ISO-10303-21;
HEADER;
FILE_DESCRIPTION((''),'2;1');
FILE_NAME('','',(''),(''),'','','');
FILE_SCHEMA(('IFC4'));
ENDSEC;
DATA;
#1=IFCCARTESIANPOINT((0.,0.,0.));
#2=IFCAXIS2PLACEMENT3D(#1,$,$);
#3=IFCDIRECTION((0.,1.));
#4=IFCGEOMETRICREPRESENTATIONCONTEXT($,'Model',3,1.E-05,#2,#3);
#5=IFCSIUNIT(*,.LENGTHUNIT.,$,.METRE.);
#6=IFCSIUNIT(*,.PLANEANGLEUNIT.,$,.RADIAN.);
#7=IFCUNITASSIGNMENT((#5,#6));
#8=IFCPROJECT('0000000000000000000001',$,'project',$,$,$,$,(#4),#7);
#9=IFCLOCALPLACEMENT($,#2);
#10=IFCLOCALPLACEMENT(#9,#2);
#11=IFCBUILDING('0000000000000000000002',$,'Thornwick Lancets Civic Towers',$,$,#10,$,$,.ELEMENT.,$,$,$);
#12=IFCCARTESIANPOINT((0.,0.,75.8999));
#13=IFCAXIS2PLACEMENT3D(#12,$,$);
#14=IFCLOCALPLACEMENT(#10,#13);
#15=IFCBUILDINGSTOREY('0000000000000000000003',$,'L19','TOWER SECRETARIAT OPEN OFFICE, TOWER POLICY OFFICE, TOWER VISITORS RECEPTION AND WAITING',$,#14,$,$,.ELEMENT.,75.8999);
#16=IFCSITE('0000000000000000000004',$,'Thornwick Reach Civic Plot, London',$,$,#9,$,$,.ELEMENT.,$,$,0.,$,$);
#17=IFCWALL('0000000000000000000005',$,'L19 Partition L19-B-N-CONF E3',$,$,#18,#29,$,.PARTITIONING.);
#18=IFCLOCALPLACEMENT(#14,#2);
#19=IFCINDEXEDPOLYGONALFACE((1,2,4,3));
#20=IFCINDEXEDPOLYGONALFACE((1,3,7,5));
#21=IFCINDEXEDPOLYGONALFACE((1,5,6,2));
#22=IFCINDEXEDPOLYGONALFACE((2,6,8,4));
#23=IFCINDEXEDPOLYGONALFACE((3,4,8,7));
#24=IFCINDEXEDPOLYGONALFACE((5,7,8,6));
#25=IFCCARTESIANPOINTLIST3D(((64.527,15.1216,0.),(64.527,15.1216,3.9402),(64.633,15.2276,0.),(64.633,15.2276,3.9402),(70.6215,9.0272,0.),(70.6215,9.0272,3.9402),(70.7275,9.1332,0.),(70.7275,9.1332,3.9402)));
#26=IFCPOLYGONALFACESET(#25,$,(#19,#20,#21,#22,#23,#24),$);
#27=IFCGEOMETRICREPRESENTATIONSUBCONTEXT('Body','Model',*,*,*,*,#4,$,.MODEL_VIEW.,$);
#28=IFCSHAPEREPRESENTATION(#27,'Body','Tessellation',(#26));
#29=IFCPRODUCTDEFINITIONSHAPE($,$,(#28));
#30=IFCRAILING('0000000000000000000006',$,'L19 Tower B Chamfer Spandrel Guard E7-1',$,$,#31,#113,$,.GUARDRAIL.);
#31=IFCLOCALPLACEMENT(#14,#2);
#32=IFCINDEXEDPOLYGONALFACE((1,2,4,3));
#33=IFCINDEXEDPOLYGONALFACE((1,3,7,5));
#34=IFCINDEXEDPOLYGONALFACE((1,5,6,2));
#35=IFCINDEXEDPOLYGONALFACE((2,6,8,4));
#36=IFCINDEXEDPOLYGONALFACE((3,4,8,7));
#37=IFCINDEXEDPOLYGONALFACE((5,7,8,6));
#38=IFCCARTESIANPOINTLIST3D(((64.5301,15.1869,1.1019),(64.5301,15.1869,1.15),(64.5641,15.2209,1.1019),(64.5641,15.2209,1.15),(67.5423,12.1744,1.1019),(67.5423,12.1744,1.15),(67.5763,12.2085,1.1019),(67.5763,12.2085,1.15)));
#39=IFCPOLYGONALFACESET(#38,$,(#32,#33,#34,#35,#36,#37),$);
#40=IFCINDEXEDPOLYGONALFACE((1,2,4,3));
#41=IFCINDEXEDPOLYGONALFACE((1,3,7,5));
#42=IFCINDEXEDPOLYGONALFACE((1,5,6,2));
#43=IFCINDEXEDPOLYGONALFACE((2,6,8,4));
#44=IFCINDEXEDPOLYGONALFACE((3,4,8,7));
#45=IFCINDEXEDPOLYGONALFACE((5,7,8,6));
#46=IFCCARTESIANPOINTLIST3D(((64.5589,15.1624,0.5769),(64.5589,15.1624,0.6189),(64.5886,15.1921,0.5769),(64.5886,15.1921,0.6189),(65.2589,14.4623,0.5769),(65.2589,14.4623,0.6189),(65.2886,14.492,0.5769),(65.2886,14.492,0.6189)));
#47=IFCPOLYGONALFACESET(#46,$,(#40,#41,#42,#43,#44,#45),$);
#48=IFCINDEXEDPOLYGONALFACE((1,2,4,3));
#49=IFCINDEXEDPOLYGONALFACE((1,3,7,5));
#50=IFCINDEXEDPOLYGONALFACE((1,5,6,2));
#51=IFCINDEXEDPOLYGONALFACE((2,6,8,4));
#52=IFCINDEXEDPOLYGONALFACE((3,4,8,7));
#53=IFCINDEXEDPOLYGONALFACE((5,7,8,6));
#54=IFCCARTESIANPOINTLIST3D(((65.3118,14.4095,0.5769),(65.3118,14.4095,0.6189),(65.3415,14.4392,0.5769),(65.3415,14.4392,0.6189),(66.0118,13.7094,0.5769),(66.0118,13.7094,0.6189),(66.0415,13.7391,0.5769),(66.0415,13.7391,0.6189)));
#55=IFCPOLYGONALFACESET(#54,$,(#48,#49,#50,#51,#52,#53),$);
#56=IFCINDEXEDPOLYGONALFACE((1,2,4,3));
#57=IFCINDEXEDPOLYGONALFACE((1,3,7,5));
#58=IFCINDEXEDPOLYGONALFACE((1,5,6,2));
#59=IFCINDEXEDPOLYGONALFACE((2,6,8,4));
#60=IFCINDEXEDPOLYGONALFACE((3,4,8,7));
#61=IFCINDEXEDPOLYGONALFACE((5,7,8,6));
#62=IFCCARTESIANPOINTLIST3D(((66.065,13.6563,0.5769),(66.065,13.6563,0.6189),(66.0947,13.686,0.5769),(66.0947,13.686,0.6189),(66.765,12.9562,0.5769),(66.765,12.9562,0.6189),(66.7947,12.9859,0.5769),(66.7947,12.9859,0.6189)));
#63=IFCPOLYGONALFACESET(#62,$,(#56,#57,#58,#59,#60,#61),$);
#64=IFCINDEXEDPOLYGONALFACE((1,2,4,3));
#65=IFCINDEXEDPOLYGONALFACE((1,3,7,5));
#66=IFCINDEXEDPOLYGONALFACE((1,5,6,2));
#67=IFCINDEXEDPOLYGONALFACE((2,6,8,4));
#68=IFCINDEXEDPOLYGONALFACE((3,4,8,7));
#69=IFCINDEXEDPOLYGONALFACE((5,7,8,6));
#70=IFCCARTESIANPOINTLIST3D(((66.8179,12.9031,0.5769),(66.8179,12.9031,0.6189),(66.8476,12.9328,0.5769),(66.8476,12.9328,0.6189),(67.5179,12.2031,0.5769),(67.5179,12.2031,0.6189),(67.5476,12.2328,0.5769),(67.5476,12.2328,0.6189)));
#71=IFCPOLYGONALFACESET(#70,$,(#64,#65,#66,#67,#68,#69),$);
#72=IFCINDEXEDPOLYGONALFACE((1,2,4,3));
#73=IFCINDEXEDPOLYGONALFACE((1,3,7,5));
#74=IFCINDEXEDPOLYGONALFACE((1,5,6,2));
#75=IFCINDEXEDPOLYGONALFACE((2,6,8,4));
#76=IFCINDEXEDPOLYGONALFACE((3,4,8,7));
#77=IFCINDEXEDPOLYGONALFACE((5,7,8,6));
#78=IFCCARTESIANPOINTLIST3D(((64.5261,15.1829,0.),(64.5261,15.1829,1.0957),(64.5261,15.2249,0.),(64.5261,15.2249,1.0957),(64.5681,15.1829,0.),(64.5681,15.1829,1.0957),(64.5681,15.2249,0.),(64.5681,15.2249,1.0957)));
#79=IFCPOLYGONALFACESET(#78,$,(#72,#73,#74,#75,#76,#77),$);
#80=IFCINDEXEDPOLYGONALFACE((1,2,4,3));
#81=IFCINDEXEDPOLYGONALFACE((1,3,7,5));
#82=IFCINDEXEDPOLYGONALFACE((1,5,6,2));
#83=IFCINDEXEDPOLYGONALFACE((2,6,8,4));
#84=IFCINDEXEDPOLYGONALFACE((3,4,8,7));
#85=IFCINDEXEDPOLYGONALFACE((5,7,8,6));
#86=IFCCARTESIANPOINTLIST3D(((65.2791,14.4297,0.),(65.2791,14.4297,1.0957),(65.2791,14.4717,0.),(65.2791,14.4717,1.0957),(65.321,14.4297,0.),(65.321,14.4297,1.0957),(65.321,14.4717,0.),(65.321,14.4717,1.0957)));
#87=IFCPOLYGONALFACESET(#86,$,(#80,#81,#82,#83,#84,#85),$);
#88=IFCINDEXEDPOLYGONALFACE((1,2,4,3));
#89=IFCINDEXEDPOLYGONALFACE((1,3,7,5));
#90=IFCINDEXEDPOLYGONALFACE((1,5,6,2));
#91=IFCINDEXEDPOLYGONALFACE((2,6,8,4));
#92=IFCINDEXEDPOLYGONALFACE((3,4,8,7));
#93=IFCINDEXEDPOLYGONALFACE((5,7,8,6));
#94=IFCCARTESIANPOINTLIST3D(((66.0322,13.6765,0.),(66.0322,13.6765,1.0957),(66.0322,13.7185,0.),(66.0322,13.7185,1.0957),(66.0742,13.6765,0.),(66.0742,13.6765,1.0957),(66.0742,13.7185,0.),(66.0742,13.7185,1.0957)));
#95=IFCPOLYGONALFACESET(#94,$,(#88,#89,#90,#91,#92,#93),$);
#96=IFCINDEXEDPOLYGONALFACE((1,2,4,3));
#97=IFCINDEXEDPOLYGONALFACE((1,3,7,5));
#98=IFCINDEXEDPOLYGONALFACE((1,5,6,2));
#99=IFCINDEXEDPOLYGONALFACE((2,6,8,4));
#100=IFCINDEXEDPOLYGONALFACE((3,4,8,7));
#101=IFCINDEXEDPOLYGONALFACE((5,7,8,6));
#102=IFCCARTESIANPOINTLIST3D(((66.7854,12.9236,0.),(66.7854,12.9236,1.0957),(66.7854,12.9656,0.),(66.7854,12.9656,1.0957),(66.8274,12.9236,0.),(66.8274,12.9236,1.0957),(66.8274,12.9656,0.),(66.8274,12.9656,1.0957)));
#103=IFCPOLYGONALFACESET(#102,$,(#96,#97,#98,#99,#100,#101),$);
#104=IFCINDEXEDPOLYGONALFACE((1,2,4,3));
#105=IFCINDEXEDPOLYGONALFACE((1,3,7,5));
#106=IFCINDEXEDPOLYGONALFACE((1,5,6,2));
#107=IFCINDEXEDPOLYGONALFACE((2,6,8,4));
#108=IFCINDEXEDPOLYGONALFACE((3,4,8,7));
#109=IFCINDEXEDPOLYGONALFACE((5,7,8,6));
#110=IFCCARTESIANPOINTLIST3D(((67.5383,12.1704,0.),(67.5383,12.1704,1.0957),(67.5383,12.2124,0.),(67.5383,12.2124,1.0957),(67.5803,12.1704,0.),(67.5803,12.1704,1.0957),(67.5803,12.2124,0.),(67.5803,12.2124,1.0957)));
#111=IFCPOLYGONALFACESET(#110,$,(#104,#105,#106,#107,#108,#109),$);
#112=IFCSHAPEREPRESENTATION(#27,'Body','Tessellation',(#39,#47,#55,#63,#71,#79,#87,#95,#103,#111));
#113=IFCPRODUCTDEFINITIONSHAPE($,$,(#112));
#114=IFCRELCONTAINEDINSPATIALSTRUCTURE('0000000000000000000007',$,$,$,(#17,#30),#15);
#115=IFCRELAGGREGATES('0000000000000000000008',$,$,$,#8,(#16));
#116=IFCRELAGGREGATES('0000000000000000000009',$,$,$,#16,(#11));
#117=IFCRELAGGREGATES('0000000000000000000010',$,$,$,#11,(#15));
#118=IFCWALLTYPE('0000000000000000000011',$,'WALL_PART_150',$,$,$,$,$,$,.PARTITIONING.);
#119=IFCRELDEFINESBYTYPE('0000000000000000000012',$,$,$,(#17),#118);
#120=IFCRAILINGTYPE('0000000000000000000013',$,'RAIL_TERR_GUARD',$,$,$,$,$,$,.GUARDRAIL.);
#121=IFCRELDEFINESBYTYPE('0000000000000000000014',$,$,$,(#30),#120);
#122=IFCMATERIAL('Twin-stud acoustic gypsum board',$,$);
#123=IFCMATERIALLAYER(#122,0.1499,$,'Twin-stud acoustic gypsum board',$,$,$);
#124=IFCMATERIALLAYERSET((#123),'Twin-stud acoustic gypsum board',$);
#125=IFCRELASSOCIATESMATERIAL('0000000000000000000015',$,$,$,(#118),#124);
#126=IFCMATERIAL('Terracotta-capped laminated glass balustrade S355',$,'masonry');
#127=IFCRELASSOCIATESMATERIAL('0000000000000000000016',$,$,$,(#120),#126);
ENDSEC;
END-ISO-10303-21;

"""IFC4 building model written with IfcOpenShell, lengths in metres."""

from ifc_helpers import new_model, si_unit, direction, frame, frame_2d, origin, origin_2d, place, context, subcontext, project, spatial, rectangle, extrude, material, layer, layer_set, type_object, element, save


model = new_model("IFC4")

# Units and contexts
model_context = context("Model", 3, precision=1e-05, world=origin(), true_north=direction((0.0, 1.0)))
body_context = subcontext(model_context, "Body", "Model", "MODEL_VIEW")
ifc_project = project(units=[si_unit("LENGTHUNIT", "METRE"), si_unit("PLANEANGLEUNIT", "RADIAN")], contexts=[model_context])

# Site, building, storey
site_placement = place(None, origin())
site = spatial("IfcSite", under=ifc_project, at=site_placement, Name="Thornwick Reach Civic Plot, London", CompositionType="ELEMENT", RefElevation=0.0)
building_placement = place(site_placement, origin())
building = spatial("IfcBuilding", under=site, at=building_placement, Name="Thornwick Lancets Civic Towers", CompositionType="ELEMENT")
storey_placement = place(building_placement, frame((0.0, 0.0, 75.8999)))
storey = spatial("IfcBuildingStorey", under=building, at=storey_placement, Name="L19", Description="TOWER SECRETARIAT OPEN OFFICE, TOWER POLICY OFFICE, TOWER VISITORS RECEPTION AND WAITING", CompositionType="ELEMENT", Elevation=75.8999)

# Wall
ifc_material_1 = material(Name="Twin-stud acoustic gypsum board")
ifc_layer_1 = layer(ifc_material_1, 0.1499, Name="Twin-stud acoustic gypsum board")
ifc_layer_set_1 = layer_set([ifc_layer_1], Name="Twin-stud acoustic gypsum board")
wall_type_1 = type_object("IfcWallType", Name="WALL_PART_150", PredefinedType="PARTITIONING", material=ifc_layer_set_1)
wall_1_placement = place(storey_placement, frame((70.6746, 9.0801, 0.0), z_axis=(0.0, 0.0, 1.0), x_axis=(-0.707107, 0.707107, 0.0)))
element("IfcWall", 1, at=wall_1_placement, inside=storey, type_object=wall_type_1, Name="L19 Partition L19-B-N-CONF E3", PredefinedType="PARTITIONING", context=body_context, shape_type="SweptSolid", body=[
    extrude(rectangle(XDim=8.6189, YDim=0.1499, at=frame_2d((4.3096, 0.0))), origin(), (0.0, 0.0, 1.0), 3.9402),
])

# Railing
ifc_material_2 = material(Name="Terracotta-capped laminated glass balustrade S355", Category="masonry")
railing_type = type_object("IfcRailingType", Name="RAIL_TERR_GUARD", PredefinedType="GUARDRAIL", material=ifc_material_2)
railing_1_placement = place(storey_placement, frame((64.5471, 15.2039, 0.0)))
element("IfcRailing", 2, at=railing_1_placement, inside=storey, type_object=railing_type, Name="L19 Tower B Chamfer Spandrel Guard E7-1", PredefinedType="GUARDRAIL", context=body_context, shape_type="SweptSolid", body=[
    extrude(rectangle(XDim=0.0481, YDim=0.0481, at=origin_2d()), frame((0.0, 0.0, 1.126), z_axis=(0.707078, -0.707135, 0.0), x_axis=(0.707135, 0.707078, 0.0)), (0.0, 0.0, 1.0), 4.26),
    extrude(rectangle(XDim=0.042, YDim=0.042, at=origin_2d()), frame((0.0266, -0.0266, 0.5979), z_axis=(0.707078, -0.707135, 0.0), x_axis=(0.707135, 0.707078, 0.0)), (0.0, 0.0, 1.0), 0.99),
    extrude(rectangle(XDim=0.042, YDim=0.042, at=origin_2d()), frame((0.7795, -0.7795, 0.5979), z_axis=(0.707078, -0.707135, 0.0), x_axis=(0.707135, 0.707078, 0.0)), (0.0, 0.0, 1.0), 0.99),
    extrude(rectangle(XDim=0.042, YDim=0.042, at=origin_2d()), frame((1.5327, -1.5327, 0.5979), z_axis=(0.707078, -0.707135, 0.0), x_axis=(0.707135, 0.707078, 0.0)), (0.0, 0.0, 1.0), 0.99),
    extrude(rectangle(XDim=0.042, YDim=0.042, at=origin_2d()), frame((2.2856, -2.2859, 0.5979), z_axis=(0.707078, -0.707135, 0.0), x_axis=(0.707135, 0.707078, 0.0)), (0.0, 0.0, 1.0), 0.99),
    extrude(rectangle(XDim=0.042, YDim=0.042, at=origin_2d()), origin(), (0.0, 0.0, 1.0), 1.0957),
    extrude(rectangle(XDim=0.042, YDim=0.042, at=origin_2d()), frame((0.7529, -0.7532, 0.0)), (0.0, 0.0, 1.0), 1.0957),
    extrude(rectangle(XDim=0.042, YDim=0.042, at=origin_2d()), frame((1.5061, -1.5063, 0.0)), (0.0, 0.0, 1.0), 1.0957),
    extrude(rectangle(XDim=0.042, YDim=0.042, at=origin_2d()), frame((2.2593, -2.2593, 0.0)), (0.0, 0.0, 1.0), 1.0957),
    extrude(rectangle(XDim=0.042, YDim=0.042, at=origin_2d()), frame((3.0122, -3.0125, 0.0)), (0.0, 0.0, 1.0), 1.0957),
])

save(model, "model.ifc")
